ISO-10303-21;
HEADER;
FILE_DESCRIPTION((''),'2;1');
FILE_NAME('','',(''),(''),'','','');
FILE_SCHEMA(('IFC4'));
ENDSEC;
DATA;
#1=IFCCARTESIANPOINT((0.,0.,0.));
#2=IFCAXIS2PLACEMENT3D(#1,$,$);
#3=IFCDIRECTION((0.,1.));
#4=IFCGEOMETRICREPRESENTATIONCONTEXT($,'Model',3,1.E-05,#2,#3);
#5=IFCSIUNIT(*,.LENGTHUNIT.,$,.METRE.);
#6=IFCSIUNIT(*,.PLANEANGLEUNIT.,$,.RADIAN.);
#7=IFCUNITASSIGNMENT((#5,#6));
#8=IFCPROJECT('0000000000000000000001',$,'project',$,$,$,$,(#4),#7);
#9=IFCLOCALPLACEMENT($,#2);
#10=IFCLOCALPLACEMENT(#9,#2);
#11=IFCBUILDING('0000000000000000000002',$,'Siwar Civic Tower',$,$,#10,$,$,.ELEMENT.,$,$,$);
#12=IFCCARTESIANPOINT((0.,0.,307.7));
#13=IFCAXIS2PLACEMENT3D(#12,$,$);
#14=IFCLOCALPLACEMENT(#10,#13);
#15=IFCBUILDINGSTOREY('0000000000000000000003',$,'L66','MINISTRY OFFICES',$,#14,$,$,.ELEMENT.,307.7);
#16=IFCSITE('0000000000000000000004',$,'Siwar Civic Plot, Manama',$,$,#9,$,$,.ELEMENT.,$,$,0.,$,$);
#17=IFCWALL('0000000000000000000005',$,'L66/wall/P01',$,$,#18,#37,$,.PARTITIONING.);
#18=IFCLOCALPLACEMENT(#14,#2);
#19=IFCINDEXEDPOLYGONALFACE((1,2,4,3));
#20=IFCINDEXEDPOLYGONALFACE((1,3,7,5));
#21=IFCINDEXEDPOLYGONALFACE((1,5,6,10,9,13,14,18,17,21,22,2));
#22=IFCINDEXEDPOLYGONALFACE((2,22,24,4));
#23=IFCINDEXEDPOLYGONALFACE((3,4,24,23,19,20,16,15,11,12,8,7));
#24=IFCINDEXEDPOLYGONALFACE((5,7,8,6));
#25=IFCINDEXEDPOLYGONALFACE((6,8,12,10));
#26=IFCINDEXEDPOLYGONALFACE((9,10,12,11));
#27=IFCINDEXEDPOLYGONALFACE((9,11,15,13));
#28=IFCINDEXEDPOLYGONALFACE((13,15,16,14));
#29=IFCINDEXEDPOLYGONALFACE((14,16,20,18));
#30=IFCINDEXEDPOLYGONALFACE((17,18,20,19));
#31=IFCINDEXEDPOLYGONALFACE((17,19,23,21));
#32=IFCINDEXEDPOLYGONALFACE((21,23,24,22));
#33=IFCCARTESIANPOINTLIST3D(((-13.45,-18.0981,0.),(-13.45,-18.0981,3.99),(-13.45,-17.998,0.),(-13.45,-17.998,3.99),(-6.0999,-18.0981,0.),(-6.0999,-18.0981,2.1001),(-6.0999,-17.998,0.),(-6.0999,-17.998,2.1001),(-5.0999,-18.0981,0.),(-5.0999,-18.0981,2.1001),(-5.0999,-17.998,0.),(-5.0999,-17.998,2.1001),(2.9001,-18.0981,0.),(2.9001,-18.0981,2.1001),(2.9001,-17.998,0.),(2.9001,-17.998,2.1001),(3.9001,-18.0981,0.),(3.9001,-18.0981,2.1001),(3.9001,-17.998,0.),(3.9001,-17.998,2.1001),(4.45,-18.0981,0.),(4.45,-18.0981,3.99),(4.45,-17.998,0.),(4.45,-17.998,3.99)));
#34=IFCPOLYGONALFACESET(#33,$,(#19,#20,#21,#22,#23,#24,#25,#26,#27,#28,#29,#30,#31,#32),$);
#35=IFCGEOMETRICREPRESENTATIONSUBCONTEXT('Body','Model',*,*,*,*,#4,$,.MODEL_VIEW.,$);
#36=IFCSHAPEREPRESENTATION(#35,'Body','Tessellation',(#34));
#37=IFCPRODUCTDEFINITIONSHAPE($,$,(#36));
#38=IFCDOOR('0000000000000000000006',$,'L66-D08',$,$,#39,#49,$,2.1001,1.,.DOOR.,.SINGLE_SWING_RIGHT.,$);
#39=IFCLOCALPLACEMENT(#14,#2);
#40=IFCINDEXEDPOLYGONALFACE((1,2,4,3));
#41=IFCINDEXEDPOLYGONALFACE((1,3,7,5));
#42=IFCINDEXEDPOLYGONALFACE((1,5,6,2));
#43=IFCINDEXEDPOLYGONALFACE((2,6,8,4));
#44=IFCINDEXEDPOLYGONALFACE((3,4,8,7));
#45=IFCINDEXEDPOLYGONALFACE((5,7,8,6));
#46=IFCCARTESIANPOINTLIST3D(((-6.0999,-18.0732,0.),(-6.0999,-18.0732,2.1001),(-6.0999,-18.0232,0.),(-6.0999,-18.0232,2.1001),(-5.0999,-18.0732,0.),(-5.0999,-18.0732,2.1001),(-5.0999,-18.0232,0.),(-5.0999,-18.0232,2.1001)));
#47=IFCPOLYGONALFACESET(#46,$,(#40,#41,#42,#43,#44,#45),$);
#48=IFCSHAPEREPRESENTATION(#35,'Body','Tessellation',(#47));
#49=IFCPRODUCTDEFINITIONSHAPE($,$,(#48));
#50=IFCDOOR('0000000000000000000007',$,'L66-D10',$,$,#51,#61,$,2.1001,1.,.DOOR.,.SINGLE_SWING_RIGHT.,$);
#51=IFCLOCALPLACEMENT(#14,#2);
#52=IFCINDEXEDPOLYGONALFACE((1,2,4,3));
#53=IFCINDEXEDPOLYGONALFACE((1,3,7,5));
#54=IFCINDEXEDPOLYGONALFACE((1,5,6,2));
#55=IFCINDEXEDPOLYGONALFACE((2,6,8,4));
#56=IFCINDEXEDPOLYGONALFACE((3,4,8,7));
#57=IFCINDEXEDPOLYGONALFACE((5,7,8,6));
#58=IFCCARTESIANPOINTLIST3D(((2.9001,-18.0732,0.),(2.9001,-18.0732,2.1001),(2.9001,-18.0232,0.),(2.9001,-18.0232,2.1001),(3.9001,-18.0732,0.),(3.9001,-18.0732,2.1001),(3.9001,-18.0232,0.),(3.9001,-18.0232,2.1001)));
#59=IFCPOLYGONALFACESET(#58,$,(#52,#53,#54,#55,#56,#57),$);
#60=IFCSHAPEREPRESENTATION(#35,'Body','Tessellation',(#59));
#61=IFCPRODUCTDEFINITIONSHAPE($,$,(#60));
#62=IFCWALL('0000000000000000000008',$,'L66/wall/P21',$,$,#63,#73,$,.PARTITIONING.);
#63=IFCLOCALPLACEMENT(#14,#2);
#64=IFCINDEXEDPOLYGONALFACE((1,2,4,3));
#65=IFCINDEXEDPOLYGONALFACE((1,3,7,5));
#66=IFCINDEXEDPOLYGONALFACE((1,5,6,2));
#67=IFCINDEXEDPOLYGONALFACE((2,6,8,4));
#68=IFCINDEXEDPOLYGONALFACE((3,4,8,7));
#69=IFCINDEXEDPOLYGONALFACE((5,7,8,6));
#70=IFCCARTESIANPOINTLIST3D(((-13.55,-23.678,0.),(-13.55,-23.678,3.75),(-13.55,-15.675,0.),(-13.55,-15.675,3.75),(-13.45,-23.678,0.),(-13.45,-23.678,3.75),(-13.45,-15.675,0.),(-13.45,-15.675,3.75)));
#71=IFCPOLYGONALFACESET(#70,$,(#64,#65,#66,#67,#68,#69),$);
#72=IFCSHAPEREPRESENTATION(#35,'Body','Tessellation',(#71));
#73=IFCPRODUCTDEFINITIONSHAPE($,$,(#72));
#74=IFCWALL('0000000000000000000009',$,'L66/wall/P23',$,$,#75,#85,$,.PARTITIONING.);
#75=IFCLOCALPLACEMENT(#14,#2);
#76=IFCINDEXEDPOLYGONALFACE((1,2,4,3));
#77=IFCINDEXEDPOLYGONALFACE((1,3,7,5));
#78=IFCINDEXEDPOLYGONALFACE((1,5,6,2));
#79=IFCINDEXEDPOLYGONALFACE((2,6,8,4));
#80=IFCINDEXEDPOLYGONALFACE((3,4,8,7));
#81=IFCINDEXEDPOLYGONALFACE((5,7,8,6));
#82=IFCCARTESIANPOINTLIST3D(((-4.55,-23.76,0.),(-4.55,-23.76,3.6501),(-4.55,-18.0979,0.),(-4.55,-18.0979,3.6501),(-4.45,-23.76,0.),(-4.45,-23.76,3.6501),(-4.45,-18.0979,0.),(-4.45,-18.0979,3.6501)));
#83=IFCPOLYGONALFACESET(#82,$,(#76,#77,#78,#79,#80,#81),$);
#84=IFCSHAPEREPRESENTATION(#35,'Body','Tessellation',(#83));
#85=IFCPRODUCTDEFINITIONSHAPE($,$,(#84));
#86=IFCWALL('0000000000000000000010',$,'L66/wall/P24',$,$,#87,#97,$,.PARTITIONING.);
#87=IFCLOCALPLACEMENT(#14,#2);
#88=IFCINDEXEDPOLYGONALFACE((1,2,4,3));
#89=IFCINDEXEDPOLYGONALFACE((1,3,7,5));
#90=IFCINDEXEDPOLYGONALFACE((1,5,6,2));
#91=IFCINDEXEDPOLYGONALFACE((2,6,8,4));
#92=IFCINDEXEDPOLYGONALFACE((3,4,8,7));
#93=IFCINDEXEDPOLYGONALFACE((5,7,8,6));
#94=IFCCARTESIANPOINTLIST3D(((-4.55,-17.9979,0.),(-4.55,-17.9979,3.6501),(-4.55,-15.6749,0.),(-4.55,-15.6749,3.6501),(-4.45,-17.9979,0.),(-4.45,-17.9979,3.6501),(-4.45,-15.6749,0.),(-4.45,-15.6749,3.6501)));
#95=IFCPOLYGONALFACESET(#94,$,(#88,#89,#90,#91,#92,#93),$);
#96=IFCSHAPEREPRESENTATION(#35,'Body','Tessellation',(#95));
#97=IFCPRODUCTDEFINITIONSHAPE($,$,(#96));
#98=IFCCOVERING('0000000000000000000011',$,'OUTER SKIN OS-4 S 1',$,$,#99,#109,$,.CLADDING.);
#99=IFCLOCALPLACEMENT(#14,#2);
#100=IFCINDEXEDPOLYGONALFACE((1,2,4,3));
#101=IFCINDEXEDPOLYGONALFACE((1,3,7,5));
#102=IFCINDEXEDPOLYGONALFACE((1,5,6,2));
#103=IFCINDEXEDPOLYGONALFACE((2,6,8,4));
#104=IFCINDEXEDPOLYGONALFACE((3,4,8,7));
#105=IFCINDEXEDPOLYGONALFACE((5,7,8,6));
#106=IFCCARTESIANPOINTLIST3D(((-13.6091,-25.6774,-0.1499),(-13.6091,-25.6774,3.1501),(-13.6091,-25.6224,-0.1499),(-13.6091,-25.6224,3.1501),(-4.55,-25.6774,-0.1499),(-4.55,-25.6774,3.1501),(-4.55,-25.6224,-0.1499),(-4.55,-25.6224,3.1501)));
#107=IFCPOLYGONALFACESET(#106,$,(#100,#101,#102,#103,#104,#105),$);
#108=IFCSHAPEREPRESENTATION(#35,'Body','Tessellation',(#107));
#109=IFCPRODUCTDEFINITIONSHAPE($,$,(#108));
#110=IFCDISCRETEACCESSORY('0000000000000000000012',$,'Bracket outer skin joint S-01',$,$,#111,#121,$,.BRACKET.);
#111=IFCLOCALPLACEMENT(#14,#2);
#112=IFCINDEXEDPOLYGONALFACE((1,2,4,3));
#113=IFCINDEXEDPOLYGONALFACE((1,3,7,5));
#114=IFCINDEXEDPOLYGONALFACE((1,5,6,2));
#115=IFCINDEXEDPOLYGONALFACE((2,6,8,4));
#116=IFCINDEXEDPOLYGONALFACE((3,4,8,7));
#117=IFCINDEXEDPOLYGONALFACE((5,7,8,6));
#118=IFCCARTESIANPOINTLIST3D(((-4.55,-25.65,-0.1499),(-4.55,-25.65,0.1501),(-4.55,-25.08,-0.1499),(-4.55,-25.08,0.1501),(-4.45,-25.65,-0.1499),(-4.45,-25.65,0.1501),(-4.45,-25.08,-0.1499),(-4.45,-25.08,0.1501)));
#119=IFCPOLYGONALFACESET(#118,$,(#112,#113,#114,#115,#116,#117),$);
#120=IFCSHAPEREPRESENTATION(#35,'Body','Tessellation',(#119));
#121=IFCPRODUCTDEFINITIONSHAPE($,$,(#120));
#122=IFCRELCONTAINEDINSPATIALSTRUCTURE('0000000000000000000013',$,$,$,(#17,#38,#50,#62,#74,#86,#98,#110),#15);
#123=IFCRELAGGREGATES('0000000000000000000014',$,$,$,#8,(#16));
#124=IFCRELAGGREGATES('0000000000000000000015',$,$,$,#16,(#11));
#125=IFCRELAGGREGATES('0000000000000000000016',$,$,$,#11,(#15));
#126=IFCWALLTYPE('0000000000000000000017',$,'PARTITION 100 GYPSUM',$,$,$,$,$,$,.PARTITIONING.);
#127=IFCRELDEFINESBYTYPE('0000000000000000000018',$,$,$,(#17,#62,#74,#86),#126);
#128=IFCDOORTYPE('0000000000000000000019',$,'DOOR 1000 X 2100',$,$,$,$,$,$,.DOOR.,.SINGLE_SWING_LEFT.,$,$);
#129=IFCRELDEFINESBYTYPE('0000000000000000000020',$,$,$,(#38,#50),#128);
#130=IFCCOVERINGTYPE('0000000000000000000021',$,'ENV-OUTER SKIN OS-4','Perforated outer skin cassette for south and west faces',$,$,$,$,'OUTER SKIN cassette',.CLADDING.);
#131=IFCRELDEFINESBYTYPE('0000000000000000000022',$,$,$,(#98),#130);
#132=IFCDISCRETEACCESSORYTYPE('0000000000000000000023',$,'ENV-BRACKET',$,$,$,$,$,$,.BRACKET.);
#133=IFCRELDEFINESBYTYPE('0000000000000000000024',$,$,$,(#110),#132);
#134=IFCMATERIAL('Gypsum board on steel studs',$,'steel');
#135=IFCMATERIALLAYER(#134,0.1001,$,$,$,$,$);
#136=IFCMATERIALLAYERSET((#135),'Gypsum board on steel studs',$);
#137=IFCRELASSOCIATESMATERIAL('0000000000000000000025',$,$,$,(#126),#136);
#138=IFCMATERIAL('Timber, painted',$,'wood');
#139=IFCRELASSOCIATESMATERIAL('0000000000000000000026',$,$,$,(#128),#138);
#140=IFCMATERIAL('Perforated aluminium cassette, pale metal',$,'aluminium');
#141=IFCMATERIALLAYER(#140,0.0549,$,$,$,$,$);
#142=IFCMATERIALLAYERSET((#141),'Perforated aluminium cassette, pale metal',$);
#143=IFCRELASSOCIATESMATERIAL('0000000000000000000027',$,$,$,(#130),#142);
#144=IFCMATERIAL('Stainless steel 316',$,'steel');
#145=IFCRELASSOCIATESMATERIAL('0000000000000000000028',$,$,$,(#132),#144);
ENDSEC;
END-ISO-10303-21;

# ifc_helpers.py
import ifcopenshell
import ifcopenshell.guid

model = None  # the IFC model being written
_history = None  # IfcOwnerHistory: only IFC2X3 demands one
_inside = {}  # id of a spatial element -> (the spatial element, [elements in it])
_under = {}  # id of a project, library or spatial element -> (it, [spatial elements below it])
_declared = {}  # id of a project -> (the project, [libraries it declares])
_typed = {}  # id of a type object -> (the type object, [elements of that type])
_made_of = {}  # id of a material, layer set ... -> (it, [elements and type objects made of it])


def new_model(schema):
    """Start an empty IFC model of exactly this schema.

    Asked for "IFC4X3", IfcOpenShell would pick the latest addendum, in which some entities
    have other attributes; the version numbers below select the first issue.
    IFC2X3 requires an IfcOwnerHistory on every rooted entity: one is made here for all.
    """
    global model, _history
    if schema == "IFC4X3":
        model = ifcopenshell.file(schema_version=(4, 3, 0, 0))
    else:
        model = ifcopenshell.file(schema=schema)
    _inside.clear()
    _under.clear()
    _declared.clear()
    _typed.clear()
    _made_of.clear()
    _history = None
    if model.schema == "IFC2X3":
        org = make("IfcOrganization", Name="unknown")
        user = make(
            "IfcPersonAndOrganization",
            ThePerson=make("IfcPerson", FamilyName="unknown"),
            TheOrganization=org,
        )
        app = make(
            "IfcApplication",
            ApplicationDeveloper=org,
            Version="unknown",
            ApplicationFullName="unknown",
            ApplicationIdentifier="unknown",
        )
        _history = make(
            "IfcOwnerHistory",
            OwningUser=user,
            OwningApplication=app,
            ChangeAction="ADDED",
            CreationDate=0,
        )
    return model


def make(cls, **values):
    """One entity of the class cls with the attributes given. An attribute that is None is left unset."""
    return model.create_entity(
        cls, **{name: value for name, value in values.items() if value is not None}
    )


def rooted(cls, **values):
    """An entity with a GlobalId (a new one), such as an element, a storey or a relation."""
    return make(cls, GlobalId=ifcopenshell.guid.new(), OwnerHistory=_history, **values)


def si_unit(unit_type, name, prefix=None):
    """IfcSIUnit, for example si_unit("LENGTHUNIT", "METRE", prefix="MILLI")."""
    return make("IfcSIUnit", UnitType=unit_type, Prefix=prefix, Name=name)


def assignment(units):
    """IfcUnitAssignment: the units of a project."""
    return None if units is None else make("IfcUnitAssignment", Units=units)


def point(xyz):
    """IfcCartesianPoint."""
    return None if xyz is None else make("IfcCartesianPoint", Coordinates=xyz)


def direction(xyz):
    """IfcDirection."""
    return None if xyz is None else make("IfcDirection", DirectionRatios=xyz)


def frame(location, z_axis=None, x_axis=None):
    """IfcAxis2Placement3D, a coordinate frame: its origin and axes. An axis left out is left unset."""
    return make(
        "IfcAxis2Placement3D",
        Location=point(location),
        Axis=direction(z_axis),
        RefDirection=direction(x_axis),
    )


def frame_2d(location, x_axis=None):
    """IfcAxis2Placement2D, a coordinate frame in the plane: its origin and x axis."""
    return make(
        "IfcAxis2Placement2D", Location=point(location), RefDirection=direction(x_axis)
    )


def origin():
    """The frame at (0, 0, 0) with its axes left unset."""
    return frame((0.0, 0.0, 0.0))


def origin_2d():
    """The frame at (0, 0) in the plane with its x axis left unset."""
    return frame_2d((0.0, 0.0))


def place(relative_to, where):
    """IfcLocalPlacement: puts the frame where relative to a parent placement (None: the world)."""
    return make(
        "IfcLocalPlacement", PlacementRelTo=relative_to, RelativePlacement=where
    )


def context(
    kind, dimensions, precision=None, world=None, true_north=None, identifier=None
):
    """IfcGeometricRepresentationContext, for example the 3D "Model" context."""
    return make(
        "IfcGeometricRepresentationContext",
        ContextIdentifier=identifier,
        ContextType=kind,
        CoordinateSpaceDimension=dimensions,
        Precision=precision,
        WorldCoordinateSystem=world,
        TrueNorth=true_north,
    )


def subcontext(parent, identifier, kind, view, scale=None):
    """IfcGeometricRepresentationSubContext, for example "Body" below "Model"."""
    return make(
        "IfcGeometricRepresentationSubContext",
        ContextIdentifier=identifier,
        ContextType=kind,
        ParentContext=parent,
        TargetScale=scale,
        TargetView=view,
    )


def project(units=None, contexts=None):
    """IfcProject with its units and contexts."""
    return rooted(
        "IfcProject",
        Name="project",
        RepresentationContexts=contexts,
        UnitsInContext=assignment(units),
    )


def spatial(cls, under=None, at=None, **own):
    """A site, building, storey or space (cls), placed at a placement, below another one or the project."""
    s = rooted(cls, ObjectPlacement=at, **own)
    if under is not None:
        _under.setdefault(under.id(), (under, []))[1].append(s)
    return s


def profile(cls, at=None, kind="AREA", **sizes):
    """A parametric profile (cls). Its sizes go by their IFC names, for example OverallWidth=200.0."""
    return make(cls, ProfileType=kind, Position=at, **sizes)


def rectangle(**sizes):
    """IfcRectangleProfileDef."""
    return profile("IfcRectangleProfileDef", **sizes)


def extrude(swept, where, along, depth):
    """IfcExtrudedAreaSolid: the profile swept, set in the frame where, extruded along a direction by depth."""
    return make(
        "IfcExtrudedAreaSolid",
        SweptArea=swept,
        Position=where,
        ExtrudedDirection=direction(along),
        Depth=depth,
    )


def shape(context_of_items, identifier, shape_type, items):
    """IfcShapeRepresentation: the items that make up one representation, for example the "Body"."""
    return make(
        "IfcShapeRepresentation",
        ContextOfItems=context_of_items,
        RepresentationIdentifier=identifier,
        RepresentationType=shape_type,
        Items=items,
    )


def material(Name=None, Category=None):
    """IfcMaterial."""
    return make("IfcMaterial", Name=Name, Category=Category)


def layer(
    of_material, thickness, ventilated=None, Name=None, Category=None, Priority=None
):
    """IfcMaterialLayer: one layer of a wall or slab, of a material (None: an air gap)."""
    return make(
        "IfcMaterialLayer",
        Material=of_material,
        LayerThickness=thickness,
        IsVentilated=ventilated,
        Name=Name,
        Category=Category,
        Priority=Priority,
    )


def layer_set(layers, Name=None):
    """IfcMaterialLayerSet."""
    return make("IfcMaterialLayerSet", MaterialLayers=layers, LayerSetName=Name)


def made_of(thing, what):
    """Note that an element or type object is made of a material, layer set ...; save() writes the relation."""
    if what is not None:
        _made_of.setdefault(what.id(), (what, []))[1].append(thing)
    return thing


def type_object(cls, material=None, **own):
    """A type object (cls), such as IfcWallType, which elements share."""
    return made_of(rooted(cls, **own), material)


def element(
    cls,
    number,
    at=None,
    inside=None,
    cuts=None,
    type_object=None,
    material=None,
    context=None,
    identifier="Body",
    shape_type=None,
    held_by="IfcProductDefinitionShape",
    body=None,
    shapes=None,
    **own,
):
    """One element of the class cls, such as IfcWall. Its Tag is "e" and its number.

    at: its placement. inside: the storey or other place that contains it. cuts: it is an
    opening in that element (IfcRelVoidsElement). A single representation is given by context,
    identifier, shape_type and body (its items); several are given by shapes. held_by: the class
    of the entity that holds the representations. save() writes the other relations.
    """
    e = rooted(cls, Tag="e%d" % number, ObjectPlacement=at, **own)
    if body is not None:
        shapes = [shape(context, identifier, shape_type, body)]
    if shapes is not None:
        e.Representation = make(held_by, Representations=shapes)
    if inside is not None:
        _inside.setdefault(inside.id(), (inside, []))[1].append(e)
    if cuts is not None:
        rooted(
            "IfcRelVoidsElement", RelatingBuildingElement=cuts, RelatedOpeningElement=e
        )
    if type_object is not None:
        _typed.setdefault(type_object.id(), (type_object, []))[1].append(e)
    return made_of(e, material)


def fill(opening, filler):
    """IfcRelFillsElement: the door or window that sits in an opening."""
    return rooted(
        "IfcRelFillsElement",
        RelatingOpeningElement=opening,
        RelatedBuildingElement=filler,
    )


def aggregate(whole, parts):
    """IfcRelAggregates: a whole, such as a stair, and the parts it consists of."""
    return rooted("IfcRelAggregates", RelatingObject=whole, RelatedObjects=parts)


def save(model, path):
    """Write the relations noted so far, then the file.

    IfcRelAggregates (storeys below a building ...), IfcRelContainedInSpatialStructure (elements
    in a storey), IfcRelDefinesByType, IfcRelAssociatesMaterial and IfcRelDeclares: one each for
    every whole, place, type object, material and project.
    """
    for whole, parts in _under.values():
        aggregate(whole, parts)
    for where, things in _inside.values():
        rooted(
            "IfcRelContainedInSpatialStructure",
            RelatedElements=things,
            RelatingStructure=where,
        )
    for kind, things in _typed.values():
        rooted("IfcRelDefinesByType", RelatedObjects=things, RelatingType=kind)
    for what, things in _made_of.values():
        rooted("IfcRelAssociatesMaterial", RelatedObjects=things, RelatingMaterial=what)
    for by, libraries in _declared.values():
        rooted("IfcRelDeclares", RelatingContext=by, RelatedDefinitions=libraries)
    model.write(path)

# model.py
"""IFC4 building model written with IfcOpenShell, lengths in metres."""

from ifc_helpers import new_model, si_unit, direction, frame, frame_2d, origin, origin_2d, place, context, subcontext, project, spatial, rectangle, extrude, material, layer, layer_set, type_object, element, fill, save


model = new_model("IFC4")

# Units and contexts
model_context = context("Model", 3, precision=1e-05, world=origin(), true_north=direction((0.0, 1.0)))
body_context = subcontext(model_context, "Body", "Model", "MODEL_VIEW")
ifc_project = project(units=[si_unit("LENGTHUNIT", "METRE"), si_unit("PLANEANGLEUNIT", "RADIAN")], contexts=[model_context])

# Site, building, storey
site_placement = place(None, origin())
site = spatial("IfcSite", under=ifc_project, at=site_placement, Name="Siwar Civic Plot, Manama", CompositionType="ELEMENT", RefElevation=0.0)
building_placement = place(site_placement, origin())
building = spatial("IfcBuilding", under=site, at=building_placement, Name="Siwar Civic Tower", CompositionType="ELEMENT")
storey_placement = place(building_placement, frame((0.0, 0.0, 307.7)))
storey = spatial("IfcBuildingStorey", under=building, at=storey_placement, Name="L66", Description="MINISTRY OFFICES", CompositionType="ELEMENT", Elevation=307.7)

# Wall, openings, doors
ifc_material_1 = material(Name="Gypsum board on steel studs", Category="steel")
ifc_layer_1 = layer(ifc_material_1, 0.1001)
ifc_layer_set_1 = layer_set([ifc_layer_1], Name="Gypsum board on steel studs")
wall_type_1 = type_object("IfcWallType", Name="PARTITION 100 GYPSUM", PredefinedType="PARTITIONING", material=ifc_layer_set_1)
wall_1_placement = place(storey_placement, frame((-13.45, -18.0481, 0.0), z_axis=(0.0, 0.0, 1.0), x_axis=(1.0, 0.0, 0.0)))
wall_1 = element("IfcWall", 1, at=wall_1_placement, inside=storey, type_object=wall_type_1, Name="L66/wall/P01", PredefinedType="PARTITIONING", context=body_context, shape_type="SweptSolid", body=[
    extrude(rectangle(XDim=17.8999, YDim=0.1001, at=frame_2d((8.95, 0.0))), origin(), (0.0, 0.0, 1.0), 3.99),
])
opening_1_placement = place(wall_1_placement, frame((7.3501, 0.0, 0.0)))
opening_1 = element("IfcOpeningElement", 2, at=opening_1_placement, cuts=wall_1, PredefinedType="OPENING", context=body_context, shape_type="SweptSolid", body=[
    extrude(rectangle(XDim=1.0, YDim=2.1001, at=frame_2d((0.5, 1.05))), frame((0.0, 0.0601, 0.0), z_axis=(0.0, -1.0, 0.0), x_axis=(1.0, 0.0, 0.0)), (0.0, 0.0, 1.0), 0.1201),
])
opening_2_placement = place(wall_1_placement, frame((16.3501, 0.0, 0.0)))
opening_2 = element("IfcOpeningElement", 3, at=opening_2_placement, cuts=wall_1, PredefinedType="OPENING", context=body_context, shape_type="SweptSolid", body=[
    extrude(rectangle(XDim=1.0, YDim=2.1001, at=frame_2d((0.5, 1.05))), frame((0.0, 0.0601, 0.0), z_axis=(0.0, -1.0, 0.0), x_axis=(1.0, 0.0, 0.0)), (0.0, 0.0, 1.0), 0.1201),
])
ifc_material_2 = material(Name="Timber, painted", Category="wood")
door_type_1 = type_object("IfcDoorType", Name="DOOR 1000 X 2100", OperationType="SINGLE_SWING_LEFT", PredefinedType="DOOR", material=ifc_material_2)
door_1_placement = place(opening_1_placement, origin())
door_1 = element("IfcDoor", 4, at=door_1_placement, inside=storey, type_object=door_type_1, Name="L66-D08", OperationType="SINGLE_SWING_RIGHT", OverallHeight=2.1001, OverallWidth=1.0, PredefinedType="DOOR", context=body_context, shape_type="SweptSolid", body=[
    extrude(rectangle(XDim=1.0, YDim=2.1001, at=frame_2d((0.5, 1.05))), frame((0.0, 0.0249, 0.0), z_axis=(0.0, -1.0, 0.0), x_axis=(1.0, 0.0, 0.0)), (0.0, 0.0, 1.0), 0.05),
])
fill(opening_1, door_1)
door_2_placement = place(opening_2_placement, origin())
door_2 = element("IfcDoor", 5, at=door_2_placement, inside=storey, type_object=door_type_1, Name="L66-D10", OperationType="SINGLE_SWING_RIGHT", OverallHeight=2.1001, OverallWidth=1.0, PredefinedType="DOOR", context=body_context, shape_type="SweptSolid", body=[
    extrude(rectangle(XDim=1.0, YDim=2.1001, at=frame_2d((0.5, 1.05))), frame((0.0, 0.0249, 0.0), z_axis=(0.0, -1.0, 0.0), x_axis=(1.0, 0.0, 0.0)), (0.0, 0.0, 1.0), 0.05),
])
fill(opening_2, door_2)

# Walls
wall_2_placement = place(storey_placement, frame((-13.5, -23.678, 0.0), z_axis=(0.0, 0.0, 1.0), x_axis=(0.0, 1.0, 0.0)))
element("IfcWall", 6, at=wall_2_placement, inside=storey, type_object=wall_type_1, Name="L66/wall/P21", PredefinedType="PARTITIONING", context=body_context, shape_type="SweptSolid", body=[
    extrude(rectangle(XDim=8.0029, YDim=0.1001, at=frame_2d((4.0015, 0.0))), origin(), (0.0, 0.0, 1.0), 3.75),
])
wall_3_placement = place(storey_placement, frame((-4.5, -23.76, 0.0), z_axis=(0.0, 0.0, 1.0), x_axis=(0.0, 1.0, 0.0)))
element("IfcWall", 7, at=wall_3_placement, inside=storey, type_object=wall_type_1, Name="L66/wall/P23", PredefinedType="PARTITIONING", context=body_context, shape_type="SweptSolid", body=[
    extrude(rectangle(XDim=5.6621, YDim=0.1001, at=frame_2d((2.8311, 0.0))), origin(), (0.0, 0.0, 1.0), 3.6501),
])
wall_4_placement = place(storey_placement, frame((-4.5, -17.998, 0.0), z_axis=(0.0, 0.0, 1.0), x_axis=(0.0, 1.0, 0.0)))
element("IfcWall", 8, at=wall_4_placement, inside=storey, type_object=wall_type_1, Name="L66/wall/P24", PredefinedType="PARTITIONING", context=body_context, shape_type="SweptSolid", body=[
    extrude(rectangle(XDim=2.323, YDim=0.1001, at=frame_2d((1.1616, 0.0))), origin(), (0.0, 0.0, 1.0), 3.6501),
])

# Covering
ifc_material_3 = material(Name="Perforated aluminium cassette, pale metal", Category="aluminium")
ifc_layer_2 = layer(ifc_material_3, 0.0549)
ifc_layer_set_2 = layer_set([ifc_layer_2], Name="Perforated aluminium cassette, pale metal")
covering_type = type_object("IfcCoveringType", Name="ENV-OUTER SKIN OS-4", Description="Perforated outer skin cassette for south and west faces", ElementType="OUTER SKIN cassette", PredefinedType="CLADDING", material=ifc_layer_set_2)
covering_placement = place(storey_placement, frame((-9.0796, -25.6499, -0.1499), z_axis=(0.0, 0.0, 1.0), x_axis=(1.0, 0.0, 0.0)))
element("IfcCovering", 9, at=covering_placement, inside=storey, type_object=covering_type, Name="OUTER SKIN OS-4 S 1", PredefinedType="CLADDING", context=body_context, shape_type="SweptSolid", body=[
    extrude(rectangle(XDim=9.0591, YDim=0.0549, at=origin_2d()), origin(), (0.0, 0.0, 1.0), 3.3),
])

# Discrete accessory
ifc_material_4 = material(Name="Stainless steel 316", Category="steel")
discrete_accessory_type = type_object("IfcDiscreteAccessoryType", Name="ENV-BRACKET", PredefinedType="BRACKET", material=ifc_material_4)
discrete_accessory_placement = place(storey_placement, frame((-4.5, -25.365, -0.1499), z_axis=(0.0, 0.0, 1.0), x_axis=(0.0, -1.0, 0.0)))
element("IfcDiscreteAccessory", 10, at=discrete_accessory_placement, inside=storey, type_object=discrete_accessory_type, Name="Bracket outer skin joint S-01", PredefinedType="BRACKET", context=body_context, shape_type="SweptSolid", body=[
    extrude(rectangle(XDim=0.5701, YDim=0.1001, at=origin_2d()), origin(), (0.0, 0.0, 1.0), 0.3),
])

save(model, "model.ifc")
